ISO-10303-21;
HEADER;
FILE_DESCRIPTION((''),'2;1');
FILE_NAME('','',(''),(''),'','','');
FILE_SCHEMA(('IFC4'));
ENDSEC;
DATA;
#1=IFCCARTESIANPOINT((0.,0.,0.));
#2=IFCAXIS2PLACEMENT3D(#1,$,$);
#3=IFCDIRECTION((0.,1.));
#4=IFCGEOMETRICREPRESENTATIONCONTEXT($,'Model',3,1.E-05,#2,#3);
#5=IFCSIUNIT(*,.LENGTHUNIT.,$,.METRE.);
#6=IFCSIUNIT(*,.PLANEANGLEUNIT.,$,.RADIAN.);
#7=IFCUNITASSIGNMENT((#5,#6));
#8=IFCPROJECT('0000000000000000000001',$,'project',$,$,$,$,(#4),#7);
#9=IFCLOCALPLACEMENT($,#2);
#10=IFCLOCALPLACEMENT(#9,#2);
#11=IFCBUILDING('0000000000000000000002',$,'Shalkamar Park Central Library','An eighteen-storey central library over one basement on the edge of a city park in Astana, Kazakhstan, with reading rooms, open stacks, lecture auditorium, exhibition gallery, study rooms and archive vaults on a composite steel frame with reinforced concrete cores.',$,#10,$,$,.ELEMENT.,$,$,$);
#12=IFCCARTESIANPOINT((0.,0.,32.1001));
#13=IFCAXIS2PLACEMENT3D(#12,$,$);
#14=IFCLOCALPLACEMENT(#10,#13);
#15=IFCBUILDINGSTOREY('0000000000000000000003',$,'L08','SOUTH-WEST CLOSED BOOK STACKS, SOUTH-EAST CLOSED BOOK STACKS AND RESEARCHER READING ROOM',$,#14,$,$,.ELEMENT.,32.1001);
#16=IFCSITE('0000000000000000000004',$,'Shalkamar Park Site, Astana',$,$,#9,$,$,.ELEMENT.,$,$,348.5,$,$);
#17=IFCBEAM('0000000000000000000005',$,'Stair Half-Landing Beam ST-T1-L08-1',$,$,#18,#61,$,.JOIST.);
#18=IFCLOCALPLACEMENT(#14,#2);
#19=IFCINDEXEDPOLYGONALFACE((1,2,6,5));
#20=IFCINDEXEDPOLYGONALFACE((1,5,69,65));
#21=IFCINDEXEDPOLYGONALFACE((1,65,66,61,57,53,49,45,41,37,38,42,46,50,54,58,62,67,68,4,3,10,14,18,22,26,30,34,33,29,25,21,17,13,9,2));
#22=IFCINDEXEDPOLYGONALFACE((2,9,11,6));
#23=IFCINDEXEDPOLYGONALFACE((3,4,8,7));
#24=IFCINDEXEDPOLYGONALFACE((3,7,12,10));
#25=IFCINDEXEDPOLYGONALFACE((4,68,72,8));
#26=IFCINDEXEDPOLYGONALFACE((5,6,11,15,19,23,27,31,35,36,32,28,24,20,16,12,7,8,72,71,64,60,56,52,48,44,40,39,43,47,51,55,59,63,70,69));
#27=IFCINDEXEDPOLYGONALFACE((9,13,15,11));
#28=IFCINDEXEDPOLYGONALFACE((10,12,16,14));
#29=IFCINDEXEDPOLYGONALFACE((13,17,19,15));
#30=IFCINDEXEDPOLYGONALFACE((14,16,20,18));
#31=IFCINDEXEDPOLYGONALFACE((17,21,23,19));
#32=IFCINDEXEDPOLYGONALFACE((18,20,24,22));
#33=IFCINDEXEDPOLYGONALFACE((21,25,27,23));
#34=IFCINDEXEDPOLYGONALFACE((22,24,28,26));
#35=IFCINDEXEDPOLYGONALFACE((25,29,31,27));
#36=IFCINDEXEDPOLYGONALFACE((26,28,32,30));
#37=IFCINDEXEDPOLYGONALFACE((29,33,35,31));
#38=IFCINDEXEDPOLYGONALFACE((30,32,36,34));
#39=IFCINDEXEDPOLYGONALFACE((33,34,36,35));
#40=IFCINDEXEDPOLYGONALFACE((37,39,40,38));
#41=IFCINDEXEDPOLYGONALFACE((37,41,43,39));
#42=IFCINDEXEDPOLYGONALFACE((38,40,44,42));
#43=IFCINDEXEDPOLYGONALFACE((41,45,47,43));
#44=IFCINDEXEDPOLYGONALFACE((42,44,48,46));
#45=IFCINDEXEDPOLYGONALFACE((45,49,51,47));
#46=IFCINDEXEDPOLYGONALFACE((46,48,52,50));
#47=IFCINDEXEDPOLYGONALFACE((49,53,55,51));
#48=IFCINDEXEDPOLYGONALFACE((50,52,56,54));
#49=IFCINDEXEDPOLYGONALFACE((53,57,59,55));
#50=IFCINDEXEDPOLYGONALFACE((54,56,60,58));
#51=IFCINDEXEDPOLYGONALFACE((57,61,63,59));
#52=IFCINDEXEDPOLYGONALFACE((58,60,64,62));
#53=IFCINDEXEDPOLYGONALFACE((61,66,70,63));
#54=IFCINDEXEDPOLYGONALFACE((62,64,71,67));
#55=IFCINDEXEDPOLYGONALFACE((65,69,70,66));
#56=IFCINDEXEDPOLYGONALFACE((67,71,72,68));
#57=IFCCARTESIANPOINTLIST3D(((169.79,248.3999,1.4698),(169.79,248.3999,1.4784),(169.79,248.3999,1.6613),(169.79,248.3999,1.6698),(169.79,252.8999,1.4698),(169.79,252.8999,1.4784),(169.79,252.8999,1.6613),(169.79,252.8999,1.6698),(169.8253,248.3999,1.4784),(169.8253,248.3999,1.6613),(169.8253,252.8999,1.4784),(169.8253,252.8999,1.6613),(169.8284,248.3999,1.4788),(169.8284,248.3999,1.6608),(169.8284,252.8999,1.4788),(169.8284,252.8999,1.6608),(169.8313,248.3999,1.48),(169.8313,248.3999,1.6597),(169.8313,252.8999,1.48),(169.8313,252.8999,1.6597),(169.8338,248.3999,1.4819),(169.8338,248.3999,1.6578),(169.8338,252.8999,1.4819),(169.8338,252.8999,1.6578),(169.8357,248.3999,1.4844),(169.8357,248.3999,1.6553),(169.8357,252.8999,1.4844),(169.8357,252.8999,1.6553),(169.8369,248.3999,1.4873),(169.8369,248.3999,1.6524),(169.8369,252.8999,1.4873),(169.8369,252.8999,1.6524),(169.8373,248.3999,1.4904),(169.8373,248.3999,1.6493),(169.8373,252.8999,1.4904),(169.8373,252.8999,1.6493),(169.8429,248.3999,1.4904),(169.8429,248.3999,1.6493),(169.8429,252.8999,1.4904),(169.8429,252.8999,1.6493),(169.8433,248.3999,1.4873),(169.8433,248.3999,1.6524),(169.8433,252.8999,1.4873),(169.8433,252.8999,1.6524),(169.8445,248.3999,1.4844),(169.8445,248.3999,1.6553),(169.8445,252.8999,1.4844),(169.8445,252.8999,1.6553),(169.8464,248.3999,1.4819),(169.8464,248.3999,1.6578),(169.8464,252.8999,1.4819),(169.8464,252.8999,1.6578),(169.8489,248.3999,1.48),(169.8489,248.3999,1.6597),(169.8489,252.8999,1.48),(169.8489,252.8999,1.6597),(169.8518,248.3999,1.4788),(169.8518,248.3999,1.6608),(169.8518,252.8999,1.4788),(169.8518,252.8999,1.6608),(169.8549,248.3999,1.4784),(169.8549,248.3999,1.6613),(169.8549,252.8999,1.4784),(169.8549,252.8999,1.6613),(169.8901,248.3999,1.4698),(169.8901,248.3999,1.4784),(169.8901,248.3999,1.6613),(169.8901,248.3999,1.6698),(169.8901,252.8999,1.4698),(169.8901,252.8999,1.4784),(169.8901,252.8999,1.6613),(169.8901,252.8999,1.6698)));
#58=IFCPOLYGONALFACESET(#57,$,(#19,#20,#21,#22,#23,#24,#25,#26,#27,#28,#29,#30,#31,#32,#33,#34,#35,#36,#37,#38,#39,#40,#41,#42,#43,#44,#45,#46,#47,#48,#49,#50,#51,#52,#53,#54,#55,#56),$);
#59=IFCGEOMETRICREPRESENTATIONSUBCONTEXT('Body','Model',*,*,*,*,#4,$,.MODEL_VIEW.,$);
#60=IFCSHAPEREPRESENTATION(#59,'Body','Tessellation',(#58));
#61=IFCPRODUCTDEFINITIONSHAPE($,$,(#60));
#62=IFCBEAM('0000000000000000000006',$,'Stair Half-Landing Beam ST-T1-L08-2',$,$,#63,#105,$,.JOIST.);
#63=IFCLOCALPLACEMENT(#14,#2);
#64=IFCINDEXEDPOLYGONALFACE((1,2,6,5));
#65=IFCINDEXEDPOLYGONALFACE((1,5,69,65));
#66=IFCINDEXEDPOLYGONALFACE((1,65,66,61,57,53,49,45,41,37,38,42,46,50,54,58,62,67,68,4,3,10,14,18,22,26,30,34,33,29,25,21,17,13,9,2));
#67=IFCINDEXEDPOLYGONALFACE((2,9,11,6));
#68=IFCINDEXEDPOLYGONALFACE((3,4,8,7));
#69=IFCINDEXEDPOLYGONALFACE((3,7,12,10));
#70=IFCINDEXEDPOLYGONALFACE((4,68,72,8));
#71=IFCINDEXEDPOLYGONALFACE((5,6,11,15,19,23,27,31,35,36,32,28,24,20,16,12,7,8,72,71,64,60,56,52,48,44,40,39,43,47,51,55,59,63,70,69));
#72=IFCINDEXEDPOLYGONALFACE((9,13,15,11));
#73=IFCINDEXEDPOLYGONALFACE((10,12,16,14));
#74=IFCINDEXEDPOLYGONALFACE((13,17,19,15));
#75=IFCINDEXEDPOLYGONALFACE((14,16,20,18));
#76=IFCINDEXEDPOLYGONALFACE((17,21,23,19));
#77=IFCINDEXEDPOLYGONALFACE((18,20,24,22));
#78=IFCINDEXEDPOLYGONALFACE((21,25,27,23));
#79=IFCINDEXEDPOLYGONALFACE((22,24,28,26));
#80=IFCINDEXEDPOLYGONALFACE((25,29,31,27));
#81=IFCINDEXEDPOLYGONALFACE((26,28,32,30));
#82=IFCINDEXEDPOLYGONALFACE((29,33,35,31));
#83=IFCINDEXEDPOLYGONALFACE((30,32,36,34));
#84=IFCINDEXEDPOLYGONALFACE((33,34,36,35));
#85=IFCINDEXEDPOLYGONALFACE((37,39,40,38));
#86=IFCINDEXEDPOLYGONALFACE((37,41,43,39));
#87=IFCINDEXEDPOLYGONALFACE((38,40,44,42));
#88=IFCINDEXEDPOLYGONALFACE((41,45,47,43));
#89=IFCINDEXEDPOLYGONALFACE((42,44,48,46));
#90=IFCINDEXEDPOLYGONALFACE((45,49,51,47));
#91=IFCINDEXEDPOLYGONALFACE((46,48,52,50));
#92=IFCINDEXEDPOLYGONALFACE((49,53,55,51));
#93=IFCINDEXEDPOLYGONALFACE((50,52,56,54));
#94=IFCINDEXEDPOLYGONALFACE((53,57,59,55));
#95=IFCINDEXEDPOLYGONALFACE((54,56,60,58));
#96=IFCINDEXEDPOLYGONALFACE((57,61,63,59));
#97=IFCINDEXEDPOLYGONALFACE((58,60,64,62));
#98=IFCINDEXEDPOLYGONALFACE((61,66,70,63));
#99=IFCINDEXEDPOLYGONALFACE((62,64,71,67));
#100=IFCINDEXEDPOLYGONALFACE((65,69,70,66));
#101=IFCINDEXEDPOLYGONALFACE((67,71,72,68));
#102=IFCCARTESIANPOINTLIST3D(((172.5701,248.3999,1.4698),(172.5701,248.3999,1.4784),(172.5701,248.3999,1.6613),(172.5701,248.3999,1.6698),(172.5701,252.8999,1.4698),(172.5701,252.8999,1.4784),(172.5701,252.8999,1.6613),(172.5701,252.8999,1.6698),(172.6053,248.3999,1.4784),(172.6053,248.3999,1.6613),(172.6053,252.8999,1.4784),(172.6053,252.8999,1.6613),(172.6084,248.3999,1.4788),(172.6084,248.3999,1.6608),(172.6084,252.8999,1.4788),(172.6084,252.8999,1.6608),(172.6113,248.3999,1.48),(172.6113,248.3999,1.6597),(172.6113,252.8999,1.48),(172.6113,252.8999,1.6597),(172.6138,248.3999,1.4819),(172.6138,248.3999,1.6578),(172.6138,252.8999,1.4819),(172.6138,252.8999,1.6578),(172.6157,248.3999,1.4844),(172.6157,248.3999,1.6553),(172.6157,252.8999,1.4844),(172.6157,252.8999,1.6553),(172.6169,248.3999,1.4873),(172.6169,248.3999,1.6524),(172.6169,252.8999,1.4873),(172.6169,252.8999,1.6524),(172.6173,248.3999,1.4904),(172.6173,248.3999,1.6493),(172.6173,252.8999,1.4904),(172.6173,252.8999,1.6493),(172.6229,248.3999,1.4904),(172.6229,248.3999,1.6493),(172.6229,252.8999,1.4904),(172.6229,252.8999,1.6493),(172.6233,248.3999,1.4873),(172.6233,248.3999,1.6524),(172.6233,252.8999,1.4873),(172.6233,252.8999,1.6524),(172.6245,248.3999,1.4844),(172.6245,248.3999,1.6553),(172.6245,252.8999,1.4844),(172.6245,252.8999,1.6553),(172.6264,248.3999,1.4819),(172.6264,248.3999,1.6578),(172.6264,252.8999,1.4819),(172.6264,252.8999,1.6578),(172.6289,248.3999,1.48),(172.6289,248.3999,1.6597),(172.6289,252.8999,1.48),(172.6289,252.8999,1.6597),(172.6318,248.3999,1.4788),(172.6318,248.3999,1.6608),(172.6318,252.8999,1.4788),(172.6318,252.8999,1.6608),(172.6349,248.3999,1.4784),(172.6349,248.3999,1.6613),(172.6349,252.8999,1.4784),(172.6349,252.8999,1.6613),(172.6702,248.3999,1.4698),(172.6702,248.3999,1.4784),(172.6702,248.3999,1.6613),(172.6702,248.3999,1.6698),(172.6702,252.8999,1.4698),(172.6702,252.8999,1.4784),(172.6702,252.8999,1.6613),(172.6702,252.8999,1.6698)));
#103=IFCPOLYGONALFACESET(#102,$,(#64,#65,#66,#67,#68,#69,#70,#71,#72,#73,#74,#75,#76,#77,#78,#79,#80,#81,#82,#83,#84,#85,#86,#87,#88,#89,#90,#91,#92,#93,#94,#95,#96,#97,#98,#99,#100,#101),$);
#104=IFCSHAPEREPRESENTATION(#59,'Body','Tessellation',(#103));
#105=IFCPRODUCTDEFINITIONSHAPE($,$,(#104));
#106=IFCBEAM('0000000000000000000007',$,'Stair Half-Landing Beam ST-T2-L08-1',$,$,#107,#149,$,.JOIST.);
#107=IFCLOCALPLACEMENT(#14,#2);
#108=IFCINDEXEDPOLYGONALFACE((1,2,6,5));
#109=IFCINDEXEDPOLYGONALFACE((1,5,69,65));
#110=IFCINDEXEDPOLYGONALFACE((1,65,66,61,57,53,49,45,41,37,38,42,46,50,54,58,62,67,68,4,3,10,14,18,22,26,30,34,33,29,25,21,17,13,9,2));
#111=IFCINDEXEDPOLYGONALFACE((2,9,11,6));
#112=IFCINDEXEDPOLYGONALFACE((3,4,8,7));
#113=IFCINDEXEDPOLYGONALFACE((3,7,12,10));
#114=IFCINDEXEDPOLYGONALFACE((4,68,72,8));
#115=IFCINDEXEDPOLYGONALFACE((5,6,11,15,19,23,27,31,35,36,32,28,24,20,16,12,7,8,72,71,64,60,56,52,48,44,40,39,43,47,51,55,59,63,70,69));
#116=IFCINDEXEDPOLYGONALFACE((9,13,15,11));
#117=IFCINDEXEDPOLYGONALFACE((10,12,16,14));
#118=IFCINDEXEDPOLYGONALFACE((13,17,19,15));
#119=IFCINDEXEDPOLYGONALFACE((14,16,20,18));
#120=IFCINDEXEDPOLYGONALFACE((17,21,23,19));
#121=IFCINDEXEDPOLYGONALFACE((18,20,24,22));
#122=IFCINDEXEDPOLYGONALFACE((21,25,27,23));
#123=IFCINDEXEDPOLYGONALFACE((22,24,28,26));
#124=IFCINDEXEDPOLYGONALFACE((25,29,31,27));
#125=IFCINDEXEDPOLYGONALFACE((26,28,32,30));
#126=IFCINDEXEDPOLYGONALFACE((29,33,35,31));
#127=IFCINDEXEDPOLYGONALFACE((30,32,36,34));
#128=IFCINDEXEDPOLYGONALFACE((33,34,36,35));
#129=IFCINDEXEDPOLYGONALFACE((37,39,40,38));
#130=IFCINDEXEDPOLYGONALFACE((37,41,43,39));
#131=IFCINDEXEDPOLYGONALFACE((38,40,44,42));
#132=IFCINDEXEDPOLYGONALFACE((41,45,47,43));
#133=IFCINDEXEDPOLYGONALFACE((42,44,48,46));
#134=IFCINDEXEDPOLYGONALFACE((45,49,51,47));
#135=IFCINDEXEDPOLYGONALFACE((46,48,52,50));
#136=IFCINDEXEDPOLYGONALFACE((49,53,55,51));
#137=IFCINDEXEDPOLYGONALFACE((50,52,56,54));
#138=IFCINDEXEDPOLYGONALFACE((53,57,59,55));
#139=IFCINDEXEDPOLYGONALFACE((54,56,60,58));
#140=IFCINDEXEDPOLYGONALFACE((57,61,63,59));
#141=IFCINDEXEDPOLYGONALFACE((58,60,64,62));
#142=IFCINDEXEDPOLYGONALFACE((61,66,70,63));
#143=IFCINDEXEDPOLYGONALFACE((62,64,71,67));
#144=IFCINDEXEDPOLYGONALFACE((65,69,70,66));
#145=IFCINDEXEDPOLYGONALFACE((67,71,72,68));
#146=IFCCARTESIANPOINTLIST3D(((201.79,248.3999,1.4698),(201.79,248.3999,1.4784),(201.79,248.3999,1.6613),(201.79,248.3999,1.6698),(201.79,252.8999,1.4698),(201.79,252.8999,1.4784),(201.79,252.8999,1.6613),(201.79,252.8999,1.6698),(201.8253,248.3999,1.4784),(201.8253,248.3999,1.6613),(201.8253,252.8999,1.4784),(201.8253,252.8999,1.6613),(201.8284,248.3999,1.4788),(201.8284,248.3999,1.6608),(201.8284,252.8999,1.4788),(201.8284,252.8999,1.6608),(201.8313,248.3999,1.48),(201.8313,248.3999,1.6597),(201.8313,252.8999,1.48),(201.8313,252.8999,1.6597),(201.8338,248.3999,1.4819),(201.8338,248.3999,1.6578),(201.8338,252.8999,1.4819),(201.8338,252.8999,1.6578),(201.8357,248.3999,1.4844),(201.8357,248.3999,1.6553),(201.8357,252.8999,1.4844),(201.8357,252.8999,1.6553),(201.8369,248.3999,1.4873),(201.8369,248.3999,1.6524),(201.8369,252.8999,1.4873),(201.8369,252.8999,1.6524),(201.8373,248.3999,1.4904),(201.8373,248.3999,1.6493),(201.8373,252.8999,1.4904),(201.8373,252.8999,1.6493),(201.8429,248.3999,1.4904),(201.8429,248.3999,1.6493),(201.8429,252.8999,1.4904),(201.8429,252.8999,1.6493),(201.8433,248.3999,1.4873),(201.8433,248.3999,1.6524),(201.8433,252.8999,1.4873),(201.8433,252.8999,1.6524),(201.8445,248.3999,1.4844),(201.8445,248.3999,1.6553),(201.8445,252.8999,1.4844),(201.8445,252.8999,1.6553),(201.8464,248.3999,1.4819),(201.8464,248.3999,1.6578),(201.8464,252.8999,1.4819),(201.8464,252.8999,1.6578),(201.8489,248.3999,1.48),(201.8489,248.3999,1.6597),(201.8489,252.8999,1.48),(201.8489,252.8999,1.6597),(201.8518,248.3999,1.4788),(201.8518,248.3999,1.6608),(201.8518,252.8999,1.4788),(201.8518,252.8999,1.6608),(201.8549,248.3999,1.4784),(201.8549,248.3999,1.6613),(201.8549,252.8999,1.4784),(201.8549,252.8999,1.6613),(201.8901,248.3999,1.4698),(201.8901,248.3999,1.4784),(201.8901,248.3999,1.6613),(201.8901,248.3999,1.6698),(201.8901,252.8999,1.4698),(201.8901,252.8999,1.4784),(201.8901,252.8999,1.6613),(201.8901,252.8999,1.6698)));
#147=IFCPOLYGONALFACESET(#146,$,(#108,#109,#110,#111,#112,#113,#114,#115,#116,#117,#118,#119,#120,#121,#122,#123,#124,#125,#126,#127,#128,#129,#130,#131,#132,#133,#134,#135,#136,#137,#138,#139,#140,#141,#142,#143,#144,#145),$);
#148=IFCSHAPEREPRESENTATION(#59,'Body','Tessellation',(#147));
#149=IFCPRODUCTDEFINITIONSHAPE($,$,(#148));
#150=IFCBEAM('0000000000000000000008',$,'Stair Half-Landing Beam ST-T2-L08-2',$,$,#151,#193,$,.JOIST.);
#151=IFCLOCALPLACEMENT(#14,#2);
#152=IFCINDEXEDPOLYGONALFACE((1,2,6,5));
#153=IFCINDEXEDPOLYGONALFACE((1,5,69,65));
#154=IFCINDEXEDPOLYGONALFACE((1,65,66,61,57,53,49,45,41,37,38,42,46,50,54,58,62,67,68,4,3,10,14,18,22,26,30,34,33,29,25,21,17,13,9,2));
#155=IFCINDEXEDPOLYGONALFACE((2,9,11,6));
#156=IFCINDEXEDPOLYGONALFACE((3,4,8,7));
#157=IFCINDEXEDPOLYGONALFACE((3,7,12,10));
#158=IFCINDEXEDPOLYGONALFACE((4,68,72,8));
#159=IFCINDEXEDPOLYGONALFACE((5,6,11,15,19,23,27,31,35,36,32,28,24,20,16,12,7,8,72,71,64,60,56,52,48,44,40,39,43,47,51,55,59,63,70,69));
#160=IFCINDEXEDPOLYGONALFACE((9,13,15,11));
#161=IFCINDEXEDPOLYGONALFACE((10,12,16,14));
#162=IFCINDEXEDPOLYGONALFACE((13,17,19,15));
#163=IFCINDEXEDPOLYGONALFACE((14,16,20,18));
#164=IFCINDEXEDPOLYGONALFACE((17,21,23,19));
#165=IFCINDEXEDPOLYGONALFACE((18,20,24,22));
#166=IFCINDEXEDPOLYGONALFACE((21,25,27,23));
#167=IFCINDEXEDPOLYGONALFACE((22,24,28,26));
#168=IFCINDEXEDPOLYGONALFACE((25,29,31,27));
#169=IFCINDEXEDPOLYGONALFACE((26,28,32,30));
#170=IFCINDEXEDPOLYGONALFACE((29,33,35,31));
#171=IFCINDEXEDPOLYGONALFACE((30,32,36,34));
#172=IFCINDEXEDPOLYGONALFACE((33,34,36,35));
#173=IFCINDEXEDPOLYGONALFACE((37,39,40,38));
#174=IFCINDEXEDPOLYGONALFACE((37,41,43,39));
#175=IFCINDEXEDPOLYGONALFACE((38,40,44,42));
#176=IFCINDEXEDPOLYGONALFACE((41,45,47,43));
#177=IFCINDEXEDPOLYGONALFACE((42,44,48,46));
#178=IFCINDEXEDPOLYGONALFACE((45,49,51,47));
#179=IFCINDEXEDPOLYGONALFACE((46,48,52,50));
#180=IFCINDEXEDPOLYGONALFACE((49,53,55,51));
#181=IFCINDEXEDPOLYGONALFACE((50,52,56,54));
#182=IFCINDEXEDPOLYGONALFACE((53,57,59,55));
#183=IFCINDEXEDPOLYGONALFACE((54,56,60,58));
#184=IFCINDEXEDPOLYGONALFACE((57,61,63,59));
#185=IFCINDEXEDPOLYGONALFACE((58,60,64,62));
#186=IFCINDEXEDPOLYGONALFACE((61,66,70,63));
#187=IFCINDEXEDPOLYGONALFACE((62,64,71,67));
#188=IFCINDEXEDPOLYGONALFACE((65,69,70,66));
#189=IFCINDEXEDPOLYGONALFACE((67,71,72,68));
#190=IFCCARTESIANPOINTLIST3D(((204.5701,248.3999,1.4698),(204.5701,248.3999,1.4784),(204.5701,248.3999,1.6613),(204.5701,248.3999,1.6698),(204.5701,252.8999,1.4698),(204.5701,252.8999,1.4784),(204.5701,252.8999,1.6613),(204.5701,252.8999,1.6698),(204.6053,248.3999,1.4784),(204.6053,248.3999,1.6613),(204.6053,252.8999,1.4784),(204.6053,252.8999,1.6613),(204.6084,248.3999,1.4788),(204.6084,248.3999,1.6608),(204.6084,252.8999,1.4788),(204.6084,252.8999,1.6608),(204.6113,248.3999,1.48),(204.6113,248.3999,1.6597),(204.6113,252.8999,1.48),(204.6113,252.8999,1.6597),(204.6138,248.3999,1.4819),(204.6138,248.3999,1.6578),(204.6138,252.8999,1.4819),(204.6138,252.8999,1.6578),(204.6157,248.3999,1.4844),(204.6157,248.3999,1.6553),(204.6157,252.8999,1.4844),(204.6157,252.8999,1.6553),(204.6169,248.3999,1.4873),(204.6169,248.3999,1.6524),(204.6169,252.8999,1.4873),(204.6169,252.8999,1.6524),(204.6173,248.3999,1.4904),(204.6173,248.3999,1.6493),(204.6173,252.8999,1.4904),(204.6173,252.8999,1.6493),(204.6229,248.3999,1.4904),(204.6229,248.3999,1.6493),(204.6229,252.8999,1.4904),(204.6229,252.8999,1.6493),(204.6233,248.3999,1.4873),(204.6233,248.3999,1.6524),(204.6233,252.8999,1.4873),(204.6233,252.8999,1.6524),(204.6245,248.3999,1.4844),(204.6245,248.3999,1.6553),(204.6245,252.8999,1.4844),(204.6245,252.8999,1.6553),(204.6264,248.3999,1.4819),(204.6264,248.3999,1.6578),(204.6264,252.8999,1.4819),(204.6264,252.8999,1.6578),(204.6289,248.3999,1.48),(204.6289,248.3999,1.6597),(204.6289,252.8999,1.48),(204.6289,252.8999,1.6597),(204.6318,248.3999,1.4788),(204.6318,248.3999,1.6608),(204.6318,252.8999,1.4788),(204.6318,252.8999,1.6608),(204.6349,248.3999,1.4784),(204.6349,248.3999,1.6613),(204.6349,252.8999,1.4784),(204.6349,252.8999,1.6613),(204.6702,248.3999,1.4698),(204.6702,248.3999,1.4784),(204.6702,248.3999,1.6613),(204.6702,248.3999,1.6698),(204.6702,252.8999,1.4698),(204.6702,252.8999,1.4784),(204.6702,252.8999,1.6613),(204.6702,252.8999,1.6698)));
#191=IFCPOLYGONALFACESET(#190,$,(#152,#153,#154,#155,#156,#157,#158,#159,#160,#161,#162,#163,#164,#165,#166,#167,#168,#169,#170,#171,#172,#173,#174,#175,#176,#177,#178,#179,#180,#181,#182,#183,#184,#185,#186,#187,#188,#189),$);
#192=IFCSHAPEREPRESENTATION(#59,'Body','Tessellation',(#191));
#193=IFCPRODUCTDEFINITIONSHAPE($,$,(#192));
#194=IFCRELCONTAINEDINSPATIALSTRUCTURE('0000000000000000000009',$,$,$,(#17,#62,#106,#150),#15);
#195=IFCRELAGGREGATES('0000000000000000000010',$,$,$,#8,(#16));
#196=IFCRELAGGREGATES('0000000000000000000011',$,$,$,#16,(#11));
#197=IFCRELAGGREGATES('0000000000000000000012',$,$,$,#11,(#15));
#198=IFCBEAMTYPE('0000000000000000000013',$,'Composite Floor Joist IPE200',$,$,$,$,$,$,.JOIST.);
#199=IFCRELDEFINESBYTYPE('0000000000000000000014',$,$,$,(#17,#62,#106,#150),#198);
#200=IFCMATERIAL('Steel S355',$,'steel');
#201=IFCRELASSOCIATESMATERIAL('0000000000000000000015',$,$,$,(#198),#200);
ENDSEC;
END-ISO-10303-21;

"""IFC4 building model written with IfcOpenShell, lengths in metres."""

from ifc_helpers import new_model, si_unit, direction, frame, origin, origin_2d, place, context, subcontext, project, spatial, i_section, extrude, material, material_profile, profile_set, type_object, element, save


model = new_model("IFC4")

# Units and contexts
model_context = context("Model", 3, precision=1e-05, world=origin(), true_north=direction((0.0, 1.0)))
body_context = subcontext(model_context, "Body", "Model", "MODEL_VIEW")
ifc_project = project(units=[si_unit("LENGTHUNIT", "METRE"), si_unit("PLANEANGLEUNIT", "RADIAN")], contexts=[model_context])

# Site, building, storey
site_placement = place(None, origin())
site = spatial("IfcSite", under=ifc_project, at=site_placement, Name="Shalkamar Park Site, Astana", CompositionType="ELEMENT", RefElevation=348.5)
building_placement = place(site_placement, origin())
building = spatial("IfcBuilding", under=site, at=building_placement, Name="Shalkamar Park Central Library", Description="An eighteen-storey central library over one basement on the edge of a city park in Astana, Kazakhstan, with reading rooms, open stacks, lecture auditorium, exhibition gallery, study rooms and archive vaults on a composite steel frame with reinforced concrete cores.", CompositionType="ELEMENT")
storey_placement = place(building_placement, frame((0.0, 0.0, 32.1001)))
storey = spatial("IfcBuildingStorey", under=building, at=storey_placement, Name="L08", Description="SOUTH-WEST CLOSED BOOK STACKS, SOUTH-EAST CLOSED BOOK STACKS AND RESEARCHER READING ROOM", CompositionType="ELEMENT", Elevation=32.1001)

# Beams
ifc_material_1 = material(Name="Steel S355", Category="steel")
ifc_material_profile_1 = material_profile(ifc_material_1, i_section(OverallWidth=0.1001, OverallDepth=0.2, WebThickness=0.0056, FlangeThickness=0.0085, FilletRadius=0.012, at=origin_2d()), Name="IPE 200")
ifc_profile_set_1 = profile_set([ifc_material_profile_1], Name="Steel S355")
beam_type_1 = type_object("IfcBeamType", Name="Composite Floor Joist IPE200", PredefinedType="JOIST", material=ifc_profile_set_1)
for number, where, z_axis, x_axis, name in (
    (1, (169.8401, 248.3999, 1.5698), (0.0, 1.0, 0.0), (-1.0, 0.0, 0.0), "Stair Half-Landing Beam ST-T1-L08-1"),
    (2, (172.6201, 248.3999, 1.5698), (0.0, 1.0, 0.0), (-1.0, 0.0, 0.0), "Stair Half-Landing Beam ST-T1-L08-2"),
    (3, (201.8401, 248.3999, 1.5698), (0.0, 1.0, 0.0), (-1.0, 0.0, 0.0), "Stair Half-Landing Beam ST-T2-L08-1"),
    (4, (204.6201, 248.3999, 1.5698), (0.0, 1.0, 0.0), (-1.0, 0.0, 0.0), "Stair Half-Landing Beam ST-T2-L08-2"),
):
    element("IfcBeam", number, at=place(storey_placement, frame(where, z_axis=z_axis, x_axis=x_axis)), inside=storey, type_object=beam_type_1, Name=name, PredefinedType="JOIST", context=body_context, shape_type="SweptSolid", body=[
        extrude(i_section(OverallWidth=0.1001, OverallDepth=0.2, WebThickness=0.0056, FlangeThickness=0.0085, FilletRadius=0.012, at=origin_2d()), origin(), (0.0, 0.0, 1.0), 4.5),
    ])

save(model, "model.ifc")
